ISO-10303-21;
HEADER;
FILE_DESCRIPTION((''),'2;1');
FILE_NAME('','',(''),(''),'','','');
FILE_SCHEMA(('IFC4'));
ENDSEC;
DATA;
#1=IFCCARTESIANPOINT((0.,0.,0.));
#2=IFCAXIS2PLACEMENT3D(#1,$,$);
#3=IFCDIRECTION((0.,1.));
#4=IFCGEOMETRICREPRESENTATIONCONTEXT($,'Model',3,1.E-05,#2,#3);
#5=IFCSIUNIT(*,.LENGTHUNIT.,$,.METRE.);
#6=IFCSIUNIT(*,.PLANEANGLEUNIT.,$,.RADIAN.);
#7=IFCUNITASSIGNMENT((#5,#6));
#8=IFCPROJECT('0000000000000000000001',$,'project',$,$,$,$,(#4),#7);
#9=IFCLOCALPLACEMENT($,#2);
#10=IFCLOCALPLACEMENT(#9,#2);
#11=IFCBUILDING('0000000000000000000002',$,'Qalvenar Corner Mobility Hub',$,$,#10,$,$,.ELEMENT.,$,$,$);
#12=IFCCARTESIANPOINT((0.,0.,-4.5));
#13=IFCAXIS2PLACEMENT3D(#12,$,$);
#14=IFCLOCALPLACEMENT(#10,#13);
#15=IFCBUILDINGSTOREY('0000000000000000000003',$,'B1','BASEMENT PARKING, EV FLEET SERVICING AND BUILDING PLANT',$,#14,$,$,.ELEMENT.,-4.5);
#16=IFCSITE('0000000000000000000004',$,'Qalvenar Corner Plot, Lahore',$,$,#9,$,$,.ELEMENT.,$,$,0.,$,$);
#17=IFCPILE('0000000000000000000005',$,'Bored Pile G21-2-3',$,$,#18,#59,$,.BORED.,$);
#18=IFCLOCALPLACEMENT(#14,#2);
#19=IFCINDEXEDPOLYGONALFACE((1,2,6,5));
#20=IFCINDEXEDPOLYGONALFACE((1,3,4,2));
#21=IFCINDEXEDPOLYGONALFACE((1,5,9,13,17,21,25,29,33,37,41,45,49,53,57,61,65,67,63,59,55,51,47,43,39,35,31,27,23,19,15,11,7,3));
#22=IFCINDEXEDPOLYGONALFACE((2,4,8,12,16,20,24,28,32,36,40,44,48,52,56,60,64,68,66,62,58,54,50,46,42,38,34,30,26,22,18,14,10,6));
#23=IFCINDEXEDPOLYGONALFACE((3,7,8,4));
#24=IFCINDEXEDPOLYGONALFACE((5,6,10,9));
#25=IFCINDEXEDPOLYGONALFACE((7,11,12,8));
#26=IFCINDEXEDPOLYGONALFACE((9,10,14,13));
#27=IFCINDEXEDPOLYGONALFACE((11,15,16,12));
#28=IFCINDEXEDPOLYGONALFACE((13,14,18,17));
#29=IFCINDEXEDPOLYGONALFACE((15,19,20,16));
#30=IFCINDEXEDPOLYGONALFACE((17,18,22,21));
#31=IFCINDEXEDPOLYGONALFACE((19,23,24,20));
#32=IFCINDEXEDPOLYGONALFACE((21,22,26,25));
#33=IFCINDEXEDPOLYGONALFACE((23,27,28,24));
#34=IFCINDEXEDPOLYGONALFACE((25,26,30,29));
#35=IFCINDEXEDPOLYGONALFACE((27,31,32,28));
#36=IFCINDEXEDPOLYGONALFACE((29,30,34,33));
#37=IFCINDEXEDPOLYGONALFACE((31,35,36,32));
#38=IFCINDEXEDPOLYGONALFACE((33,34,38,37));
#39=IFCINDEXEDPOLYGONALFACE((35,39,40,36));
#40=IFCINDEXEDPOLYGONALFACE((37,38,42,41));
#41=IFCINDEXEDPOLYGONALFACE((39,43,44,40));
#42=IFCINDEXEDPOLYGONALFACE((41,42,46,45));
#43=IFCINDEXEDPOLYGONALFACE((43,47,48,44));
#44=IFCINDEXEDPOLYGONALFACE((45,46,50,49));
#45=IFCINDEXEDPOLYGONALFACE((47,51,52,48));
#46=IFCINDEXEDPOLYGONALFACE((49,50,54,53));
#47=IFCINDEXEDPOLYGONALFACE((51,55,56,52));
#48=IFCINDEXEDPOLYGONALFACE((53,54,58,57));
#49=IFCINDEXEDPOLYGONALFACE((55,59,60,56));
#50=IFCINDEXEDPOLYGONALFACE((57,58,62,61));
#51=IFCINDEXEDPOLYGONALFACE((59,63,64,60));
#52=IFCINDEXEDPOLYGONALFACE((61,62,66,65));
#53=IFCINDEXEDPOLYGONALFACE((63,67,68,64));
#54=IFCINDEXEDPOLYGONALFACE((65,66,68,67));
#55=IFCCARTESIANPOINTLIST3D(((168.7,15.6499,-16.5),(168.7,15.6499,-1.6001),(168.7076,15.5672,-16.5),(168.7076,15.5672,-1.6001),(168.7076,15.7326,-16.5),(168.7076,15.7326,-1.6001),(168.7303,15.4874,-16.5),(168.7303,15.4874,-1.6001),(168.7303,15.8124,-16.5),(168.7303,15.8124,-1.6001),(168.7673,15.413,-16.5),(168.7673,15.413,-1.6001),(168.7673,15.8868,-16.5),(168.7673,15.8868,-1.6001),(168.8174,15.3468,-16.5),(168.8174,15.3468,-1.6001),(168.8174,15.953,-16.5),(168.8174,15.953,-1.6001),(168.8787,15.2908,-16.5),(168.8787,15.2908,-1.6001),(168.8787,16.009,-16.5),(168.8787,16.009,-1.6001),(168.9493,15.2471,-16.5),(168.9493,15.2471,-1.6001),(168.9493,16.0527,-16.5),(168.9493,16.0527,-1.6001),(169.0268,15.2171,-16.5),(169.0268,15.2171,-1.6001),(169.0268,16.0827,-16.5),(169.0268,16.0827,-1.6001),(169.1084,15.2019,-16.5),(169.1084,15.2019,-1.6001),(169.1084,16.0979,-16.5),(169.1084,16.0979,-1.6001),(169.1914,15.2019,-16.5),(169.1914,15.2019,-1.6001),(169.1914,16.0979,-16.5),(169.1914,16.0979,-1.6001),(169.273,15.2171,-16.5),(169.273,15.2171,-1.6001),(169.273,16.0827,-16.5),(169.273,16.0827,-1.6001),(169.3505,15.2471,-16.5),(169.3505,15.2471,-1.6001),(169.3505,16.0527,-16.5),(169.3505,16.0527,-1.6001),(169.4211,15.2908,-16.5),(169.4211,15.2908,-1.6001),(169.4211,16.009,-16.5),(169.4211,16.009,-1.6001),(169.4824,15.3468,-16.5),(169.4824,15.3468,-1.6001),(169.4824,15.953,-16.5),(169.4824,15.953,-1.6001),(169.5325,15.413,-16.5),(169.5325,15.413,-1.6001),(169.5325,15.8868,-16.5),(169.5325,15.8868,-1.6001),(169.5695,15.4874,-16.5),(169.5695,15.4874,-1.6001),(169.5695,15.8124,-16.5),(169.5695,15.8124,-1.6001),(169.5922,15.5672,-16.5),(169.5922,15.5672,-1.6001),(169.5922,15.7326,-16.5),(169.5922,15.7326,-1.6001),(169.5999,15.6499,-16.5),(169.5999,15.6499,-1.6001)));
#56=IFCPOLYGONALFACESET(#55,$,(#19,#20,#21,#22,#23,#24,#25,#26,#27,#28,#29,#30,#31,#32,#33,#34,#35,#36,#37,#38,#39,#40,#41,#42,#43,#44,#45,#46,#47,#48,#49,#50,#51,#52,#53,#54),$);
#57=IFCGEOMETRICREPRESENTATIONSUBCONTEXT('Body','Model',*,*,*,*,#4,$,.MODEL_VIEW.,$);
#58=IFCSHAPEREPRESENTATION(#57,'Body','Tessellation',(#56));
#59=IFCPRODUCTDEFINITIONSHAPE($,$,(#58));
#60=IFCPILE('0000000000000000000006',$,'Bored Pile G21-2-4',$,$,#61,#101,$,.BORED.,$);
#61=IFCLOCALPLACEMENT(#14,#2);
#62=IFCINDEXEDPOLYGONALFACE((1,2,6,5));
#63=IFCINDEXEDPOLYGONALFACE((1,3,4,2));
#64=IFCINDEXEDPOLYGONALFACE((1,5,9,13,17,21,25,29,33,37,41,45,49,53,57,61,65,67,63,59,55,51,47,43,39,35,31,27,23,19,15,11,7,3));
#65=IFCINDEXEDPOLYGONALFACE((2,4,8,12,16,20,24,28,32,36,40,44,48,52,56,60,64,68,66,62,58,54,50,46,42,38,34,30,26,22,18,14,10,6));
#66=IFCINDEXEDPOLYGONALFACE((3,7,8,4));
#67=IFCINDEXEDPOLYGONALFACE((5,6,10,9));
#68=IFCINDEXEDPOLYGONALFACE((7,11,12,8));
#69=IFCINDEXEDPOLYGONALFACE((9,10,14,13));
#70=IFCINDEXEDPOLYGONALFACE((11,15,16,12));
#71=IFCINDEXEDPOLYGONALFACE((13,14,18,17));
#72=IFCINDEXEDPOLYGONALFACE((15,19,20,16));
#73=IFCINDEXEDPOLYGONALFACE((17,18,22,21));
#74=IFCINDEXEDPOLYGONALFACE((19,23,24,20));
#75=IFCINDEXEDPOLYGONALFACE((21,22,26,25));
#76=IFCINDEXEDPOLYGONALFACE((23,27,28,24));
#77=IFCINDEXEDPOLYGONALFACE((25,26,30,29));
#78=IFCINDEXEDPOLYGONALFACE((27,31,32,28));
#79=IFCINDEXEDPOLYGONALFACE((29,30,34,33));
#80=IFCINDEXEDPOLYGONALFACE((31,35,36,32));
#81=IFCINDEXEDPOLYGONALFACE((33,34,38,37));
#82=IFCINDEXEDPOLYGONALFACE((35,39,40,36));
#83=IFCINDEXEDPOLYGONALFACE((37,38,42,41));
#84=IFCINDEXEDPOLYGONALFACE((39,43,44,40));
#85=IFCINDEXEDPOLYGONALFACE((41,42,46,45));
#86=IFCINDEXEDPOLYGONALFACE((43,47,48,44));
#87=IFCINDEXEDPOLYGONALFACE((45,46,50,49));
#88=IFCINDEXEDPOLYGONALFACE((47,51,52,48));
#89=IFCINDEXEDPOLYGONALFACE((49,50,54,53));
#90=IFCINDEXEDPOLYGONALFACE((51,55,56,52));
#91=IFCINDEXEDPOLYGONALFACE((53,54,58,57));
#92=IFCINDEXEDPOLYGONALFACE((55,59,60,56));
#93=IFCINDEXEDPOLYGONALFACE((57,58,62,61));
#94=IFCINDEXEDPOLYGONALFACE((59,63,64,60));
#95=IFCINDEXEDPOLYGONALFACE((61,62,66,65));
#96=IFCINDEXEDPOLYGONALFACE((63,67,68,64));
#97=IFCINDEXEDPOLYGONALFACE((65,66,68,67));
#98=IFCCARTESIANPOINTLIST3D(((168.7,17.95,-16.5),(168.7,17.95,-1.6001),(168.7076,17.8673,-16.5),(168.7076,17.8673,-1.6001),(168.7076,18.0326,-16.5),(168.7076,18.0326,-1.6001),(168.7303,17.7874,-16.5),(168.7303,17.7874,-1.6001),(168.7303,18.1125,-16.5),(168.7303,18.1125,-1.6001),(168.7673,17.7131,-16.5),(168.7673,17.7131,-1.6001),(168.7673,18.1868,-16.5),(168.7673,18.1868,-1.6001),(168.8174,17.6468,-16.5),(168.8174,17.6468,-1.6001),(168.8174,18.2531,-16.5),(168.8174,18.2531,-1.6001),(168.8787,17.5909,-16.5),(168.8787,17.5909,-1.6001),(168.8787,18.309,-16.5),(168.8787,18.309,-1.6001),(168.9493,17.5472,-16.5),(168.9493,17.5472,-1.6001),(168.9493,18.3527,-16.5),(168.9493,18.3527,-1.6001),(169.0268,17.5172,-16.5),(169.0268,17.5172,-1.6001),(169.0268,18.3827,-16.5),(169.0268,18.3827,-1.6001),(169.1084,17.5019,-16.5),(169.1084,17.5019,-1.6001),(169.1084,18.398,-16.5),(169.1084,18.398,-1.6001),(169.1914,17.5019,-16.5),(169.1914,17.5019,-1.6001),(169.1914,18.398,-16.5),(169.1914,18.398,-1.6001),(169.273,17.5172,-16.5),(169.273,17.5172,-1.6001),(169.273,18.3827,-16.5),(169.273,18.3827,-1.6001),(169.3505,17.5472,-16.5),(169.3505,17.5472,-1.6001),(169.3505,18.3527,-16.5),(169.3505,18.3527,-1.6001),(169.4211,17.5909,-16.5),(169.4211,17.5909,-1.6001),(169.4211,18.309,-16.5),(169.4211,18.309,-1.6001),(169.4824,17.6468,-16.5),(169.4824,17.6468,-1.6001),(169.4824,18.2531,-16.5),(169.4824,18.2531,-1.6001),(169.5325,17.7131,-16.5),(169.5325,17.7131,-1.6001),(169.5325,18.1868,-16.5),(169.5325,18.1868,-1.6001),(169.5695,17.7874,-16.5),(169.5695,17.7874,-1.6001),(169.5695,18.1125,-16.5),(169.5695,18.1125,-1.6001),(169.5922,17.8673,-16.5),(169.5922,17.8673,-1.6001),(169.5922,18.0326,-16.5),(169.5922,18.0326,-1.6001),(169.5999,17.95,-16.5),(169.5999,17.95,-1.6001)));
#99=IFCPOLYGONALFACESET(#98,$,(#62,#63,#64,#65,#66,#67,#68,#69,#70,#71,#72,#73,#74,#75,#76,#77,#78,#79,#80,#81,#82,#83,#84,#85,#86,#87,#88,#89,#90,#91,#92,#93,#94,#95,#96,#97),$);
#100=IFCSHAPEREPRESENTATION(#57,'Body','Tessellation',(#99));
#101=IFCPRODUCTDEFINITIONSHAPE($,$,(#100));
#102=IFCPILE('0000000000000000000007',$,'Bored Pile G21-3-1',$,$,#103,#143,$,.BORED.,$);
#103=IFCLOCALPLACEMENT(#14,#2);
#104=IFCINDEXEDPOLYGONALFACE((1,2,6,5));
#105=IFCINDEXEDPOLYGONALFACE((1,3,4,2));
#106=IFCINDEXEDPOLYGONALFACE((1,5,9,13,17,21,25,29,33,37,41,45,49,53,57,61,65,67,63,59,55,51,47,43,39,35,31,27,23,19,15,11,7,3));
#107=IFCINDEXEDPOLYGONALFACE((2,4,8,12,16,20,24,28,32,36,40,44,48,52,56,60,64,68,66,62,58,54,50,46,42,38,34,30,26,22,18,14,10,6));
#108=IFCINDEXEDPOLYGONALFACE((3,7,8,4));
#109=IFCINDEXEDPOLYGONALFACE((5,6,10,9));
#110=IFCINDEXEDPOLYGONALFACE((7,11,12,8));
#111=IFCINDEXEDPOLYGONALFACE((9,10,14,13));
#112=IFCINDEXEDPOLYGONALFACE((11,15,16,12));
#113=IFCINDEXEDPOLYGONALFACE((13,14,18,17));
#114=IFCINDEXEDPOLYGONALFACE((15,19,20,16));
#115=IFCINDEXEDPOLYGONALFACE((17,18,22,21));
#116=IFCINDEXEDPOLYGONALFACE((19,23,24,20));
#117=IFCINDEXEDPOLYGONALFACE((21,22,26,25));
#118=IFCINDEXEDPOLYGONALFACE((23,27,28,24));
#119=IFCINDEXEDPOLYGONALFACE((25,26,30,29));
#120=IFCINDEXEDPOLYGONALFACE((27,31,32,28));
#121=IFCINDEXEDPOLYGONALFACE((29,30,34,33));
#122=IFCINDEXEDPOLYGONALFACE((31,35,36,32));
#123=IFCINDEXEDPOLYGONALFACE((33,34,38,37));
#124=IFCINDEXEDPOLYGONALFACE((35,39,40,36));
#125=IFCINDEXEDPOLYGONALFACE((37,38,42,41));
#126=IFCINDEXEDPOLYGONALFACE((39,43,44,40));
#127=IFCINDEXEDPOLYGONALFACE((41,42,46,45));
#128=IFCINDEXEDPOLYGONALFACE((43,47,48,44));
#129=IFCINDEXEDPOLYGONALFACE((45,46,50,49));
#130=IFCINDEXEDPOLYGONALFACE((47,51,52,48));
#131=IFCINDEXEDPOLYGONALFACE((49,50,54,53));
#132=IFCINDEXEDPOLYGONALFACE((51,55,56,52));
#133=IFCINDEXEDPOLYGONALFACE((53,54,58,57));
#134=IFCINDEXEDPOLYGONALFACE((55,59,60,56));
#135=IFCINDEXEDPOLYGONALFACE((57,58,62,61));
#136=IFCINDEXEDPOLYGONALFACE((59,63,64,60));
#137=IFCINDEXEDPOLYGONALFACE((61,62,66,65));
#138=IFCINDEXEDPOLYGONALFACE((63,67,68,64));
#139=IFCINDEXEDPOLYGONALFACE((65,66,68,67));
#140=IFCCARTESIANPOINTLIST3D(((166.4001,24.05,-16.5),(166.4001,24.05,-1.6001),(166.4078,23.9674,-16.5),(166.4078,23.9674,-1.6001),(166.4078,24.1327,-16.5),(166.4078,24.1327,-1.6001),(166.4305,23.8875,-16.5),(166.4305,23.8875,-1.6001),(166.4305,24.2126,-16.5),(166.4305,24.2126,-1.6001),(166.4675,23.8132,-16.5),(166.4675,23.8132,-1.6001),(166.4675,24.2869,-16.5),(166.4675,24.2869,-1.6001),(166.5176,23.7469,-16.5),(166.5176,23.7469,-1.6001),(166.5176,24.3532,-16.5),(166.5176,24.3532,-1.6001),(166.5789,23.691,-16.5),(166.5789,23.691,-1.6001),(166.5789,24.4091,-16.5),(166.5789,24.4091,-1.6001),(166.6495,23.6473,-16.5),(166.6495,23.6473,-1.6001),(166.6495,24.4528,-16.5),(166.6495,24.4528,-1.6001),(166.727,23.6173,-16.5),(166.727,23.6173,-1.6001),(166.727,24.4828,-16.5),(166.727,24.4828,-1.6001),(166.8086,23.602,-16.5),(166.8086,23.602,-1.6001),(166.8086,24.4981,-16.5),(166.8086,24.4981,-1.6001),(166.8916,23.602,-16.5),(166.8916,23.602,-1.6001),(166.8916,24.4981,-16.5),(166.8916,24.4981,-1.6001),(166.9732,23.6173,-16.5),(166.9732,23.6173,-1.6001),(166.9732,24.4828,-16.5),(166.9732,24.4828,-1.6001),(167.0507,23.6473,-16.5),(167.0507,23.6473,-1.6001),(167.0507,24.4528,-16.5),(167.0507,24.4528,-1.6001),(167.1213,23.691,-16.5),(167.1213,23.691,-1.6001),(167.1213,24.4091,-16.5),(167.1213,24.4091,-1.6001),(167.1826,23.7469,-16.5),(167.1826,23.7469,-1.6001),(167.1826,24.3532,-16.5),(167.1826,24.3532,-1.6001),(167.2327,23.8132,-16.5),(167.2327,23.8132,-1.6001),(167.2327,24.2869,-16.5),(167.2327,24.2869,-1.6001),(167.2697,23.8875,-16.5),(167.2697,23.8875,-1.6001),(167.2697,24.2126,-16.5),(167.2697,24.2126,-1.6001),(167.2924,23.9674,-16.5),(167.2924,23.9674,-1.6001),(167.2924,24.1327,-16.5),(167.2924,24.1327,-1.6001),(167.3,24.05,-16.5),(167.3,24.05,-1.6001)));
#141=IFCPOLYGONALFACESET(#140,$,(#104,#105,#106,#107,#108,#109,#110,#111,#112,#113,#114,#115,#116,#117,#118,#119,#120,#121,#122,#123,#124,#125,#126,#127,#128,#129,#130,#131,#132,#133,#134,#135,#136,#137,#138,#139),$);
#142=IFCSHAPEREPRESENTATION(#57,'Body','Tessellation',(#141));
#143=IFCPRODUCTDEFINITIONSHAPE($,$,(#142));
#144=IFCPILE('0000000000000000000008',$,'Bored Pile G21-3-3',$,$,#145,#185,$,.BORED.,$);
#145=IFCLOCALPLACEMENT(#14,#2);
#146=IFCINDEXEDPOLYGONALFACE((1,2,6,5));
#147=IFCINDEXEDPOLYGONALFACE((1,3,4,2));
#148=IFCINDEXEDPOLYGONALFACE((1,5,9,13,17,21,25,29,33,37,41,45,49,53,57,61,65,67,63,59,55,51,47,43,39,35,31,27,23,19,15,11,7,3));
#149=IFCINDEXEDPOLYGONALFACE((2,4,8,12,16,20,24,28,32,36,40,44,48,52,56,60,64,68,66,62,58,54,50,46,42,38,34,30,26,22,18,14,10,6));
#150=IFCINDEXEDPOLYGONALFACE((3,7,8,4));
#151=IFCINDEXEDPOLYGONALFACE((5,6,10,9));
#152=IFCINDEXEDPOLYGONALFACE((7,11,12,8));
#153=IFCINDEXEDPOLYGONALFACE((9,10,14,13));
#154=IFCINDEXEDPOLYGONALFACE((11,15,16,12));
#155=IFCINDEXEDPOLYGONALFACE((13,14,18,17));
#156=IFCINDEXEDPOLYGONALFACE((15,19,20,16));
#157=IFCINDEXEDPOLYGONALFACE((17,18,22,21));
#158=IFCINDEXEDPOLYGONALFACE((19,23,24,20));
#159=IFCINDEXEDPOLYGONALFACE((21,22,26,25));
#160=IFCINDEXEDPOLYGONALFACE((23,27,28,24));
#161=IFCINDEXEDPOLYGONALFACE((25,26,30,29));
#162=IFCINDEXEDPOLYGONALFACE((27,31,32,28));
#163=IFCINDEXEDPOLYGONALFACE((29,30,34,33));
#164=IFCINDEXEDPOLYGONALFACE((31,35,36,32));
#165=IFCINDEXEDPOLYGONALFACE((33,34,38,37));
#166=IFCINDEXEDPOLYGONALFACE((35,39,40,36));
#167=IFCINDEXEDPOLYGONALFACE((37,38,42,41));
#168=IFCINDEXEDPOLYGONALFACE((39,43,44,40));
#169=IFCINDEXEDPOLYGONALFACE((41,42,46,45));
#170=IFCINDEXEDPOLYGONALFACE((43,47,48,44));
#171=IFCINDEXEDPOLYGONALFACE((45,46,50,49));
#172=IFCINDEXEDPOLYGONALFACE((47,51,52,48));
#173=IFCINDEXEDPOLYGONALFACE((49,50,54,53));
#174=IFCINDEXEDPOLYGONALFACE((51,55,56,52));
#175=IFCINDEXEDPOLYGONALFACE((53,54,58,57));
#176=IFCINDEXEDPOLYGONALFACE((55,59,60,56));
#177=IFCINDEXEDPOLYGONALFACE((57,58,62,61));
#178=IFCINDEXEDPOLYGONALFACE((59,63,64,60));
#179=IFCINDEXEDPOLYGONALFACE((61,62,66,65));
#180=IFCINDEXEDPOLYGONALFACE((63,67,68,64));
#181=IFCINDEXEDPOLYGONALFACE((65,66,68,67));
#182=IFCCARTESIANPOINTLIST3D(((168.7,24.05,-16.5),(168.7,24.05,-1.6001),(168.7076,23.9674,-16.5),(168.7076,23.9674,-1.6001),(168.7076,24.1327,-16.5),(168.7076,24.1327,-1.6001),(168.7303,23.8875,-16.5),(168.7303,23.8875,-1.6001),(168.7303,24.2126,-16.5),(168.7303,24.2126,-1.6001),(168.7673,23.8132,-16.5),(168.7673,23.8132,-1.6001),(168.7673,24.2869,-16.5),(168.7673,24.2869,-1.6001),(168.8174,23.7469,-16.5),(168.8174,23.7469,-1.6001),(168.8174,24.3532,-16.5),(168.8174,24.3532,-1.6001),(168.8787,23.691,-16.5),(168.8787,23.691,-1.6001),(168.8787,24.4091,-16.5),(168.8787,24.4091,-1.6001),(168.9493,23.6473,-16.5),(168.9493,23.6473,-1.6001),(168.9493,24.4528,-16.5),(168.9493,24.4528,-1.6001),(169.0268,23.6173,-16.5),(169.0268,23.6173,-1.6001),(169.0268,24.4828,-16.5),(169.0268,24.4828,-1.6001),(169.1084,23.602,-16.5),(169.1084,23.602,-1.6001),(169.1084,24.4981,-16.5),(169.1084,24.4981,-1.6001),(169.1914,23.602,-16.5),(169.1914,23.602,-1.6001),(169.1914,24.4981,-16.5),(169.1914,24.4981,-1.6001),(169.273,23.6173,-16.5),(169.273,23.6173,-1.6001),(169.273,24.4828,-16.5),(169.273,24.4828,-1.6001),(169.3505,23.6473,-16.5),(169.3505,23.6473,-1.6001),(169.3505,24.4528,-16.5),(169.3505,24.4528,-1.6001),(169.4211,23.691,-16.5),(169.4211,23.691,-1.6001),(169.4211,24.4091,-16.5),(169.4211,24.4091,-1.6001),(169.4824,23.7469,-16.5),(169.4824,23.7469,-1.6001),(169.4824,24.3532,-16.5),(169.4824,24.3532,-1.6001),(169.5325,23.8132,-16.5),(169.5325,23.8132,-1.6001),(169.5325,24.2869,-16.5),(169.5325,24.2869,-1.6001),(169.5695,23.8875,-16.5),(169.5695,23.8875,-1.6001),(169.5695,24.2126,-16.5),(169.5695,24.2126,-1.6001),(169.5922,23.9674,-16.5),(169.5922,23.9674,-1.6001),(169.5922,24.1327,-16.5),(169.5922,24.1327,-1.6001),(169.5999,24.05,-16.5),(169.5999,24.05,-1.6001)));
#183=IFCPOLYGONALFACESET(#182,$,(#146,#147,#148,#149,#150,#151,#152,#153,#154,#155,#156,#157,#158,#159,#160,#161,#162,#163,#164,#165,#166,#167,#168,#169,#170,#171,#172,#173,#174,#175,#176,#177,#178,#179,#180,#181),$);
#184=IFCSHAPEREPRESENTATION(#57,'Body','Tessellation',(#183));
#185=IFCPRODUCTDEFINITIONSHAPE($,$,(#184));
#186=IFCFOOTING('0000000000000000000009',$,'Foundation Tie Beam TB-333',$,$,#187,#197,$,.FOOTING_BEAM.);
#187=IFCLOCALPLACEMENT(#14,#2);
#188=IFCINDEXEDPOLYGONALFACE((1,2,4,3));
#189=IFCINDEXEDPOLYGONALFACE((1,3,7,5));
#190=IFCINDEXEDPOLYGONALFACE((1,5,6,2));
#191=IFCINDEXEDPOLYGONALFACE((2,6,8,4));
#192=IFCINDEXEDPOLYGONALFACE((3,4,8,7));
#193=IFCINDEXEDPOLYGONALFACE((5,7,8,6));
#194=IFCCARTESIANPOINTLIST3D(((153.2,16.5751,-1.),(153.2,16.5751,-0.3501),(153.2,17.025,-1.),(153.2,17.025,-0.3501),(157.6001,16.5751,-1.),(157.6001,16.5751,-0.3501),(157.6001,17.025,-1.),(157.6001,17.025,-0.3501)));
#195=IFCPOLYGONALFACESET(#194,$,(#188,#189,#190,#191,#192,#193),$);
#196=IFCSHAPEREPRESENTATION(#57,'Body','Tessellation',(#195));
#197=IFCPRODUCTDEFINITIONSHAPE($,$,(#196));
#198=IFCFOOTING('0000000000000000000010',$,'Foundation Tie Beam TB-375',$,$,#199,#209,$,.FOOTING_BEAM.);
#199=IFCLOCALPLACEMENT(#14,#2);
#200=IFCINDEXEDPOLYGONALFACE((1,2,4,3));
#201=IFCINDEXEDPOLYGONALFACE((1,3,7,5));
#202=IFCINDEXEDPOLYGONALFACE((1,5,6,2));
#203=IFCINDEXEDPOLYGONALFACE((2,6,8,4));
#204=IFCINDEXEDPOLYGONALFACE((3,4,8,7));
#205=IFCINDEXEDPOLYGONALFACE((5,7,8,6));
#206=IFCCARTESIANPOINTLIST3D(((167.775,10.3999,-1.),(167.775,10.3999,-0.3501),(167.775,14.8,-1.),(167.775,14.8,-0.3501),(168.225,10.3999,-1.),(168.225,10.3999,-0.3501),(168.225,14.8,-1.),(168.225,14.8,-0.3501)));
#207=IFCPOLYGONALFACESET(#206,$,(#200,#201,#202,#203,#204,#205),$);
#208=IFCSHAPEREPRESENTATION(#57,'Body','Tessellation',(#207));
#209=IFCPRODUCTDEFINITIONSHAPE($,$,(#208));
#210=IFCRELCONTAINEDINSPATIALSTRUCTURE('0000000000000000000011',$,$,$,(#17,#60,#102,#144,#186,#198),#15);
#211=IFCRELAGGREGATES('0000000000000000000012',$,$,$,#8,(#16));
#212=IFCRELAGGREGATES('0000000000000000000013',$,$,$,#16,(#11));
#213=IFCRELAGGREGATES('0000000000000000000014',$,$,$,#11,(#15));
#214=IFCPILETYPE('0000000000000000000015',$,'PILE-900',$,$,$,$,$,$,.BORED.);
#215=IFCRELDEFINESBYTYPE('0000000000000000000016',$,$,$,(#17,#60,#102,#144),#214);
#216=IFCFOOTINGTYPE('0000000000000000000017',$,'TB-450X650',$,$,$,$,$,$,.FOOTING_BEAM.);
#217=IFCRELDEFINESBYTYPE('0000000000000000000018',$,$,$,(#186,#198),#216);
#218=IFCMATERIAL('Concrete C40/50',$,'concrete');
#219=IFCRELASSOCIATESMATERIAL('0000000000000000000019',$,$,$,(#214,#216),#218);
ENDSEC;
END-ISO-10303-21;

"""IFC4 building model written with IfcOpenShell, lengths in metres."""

from ifc_helpers import new_model, si_unit, direction, frame, origin, origin_2d, place, context, subcontext, project, spatial, rectangle, circle, extrude, material, material_profile, profile_set, type_object, element, save


model = new_model("IFC4")

# Units and contexts
model_context = context("Model", 3, precision=1e-05, world=origin(), true_north=direction((0.0, 1.0)))
body_context = subcontext(model_context, "Body", "Model", "MODEL_VIEW")
ifc_project = project(units=[si_unit("LENGTHUNIT", "METRE"), si_unit("PLANEANGLEUNIT", "RADIAN")], contexts=[model_context])

# Site, building, storey
site_placement = place(None, origin())
site = spatial("IfcSite", under=ifc_project, at=site_placement, Name="Qalvenar Corner Plot, Lahore", CompositionType="ELEMENT", RefElevation=0.0)
building_placement = place(site_placement, origin())
building = spatial("IfcBuilding", under=site, at=building_placement, Name="Qalvenar Corner Mobility Hub", CompositionType="ELEMENT")
storey_placement = place(building_placement, frame((0.0, 0.0, -4.5)))
storey = spatial("IfcBuildingStorey", under=building, at=storey_placement, Name="B1", Description="BASEMENT PARKING, EV FLEET SERVICING AND BUILDING PLANT", CompositionType="ELEMENT", Elevation=-4.5)

# Shared definitions
ifc_material_1 = material(Name="Concrete C40/50", Category="concrete")

# Piles
ifc_material_profile_1 = material_profile(ifc_material_1, circle(Radius=0.45, at=origin_2d()), Name="DIA900")
ifc_profile_set_1 = profile_set([ifc_material_profile_1], Name="Concrete C40/50")
pile_type = type_object("IfcPileType", Name="PILE-900", PredefinedType="BORED", material=ifc_profile_set_1)
for number, where, z_axis, x_axis, name in (
    (1, (169.1499, 15.6499, -1.6001), (0.0, 0.0, -1.0), (1.0, 0.0, 0.0), "Bored Pile G21-2-3"),
    (2, (169.1499, 17.95, -1.6001), (0.0, 0.0, -1.0), (1.0, 0.0, 0.0), "Bored Pile G21-2-4"),
    (3, (166.8501, 24.05, -1.6001), (0.0, 0.0, -1.0), (1.0, 0.0, 0.0), "Bored Pile G21-3-1"),
    (4, (169.1499, 24.05, -1.6001), (0.0, 0.0, -1.0), (1.0, 0.0, 0.0), "Bored Pile G21-3-3"),
):
    element("IfcPile", number, at=place(storey_placement, frame(where, z_axis=z_axis, x_axis=x_axis)), inside=storey, type_object=pile_type, Name=name, PredefinedType="BORED", context=body_context, shape_type="SweptSolid", body=[
        extrude(circle(Radius=0.45, at=origin_2d()), origin(), (0.0, 0.0, 1.0), 14.8999),
    ])

# Footings
ifc_material_profile_2 = material_profile(ifc_material_1, rectangle(XDim=0.45, YDim=0.6499, at=origin_2d()), Name="RC450x650")
ifc_profile_set_2 = profile_set([ifc_material_profile_2], Name="Concrete C40/50")
footing_type_1 = type_object("IfcFootingType", Name="TB-450X650", PredefinedType="FOOTING_BEAM", material=ifc_profile_set_2)
for number, where, z_axis, x_axis, name in (
    (5, (153.2, 16.8, -0.675), (1.0, 0.0, 0.0), (0.0, 1.0, 0.0), "Foundation Tie Beam TB-333"),
    (6, (168.0, 10.3999, -0.675), (0.0, 1.0, 0.0), (-1.0, 0.0, 0.0), "Foundation Tie Beam TB-375"),
):
    element("IfcFooting", number, at=place(storey_placement, frame(where, z_axis=z_axis, x_axis=x_axis)), inside=storey, type_object=footing_type_1, Name=name, PredefinedType="FOOTING_BEAM", context=body_context, shape_type="SweptSolid", body=[
        extrude(rectangle(XDim=0.45, YDim=0.6499, at=origin_2d()), origin(), (0.0, 0.0, 1.0), 4.4001),
    ])

save(model, "model.ifc")
